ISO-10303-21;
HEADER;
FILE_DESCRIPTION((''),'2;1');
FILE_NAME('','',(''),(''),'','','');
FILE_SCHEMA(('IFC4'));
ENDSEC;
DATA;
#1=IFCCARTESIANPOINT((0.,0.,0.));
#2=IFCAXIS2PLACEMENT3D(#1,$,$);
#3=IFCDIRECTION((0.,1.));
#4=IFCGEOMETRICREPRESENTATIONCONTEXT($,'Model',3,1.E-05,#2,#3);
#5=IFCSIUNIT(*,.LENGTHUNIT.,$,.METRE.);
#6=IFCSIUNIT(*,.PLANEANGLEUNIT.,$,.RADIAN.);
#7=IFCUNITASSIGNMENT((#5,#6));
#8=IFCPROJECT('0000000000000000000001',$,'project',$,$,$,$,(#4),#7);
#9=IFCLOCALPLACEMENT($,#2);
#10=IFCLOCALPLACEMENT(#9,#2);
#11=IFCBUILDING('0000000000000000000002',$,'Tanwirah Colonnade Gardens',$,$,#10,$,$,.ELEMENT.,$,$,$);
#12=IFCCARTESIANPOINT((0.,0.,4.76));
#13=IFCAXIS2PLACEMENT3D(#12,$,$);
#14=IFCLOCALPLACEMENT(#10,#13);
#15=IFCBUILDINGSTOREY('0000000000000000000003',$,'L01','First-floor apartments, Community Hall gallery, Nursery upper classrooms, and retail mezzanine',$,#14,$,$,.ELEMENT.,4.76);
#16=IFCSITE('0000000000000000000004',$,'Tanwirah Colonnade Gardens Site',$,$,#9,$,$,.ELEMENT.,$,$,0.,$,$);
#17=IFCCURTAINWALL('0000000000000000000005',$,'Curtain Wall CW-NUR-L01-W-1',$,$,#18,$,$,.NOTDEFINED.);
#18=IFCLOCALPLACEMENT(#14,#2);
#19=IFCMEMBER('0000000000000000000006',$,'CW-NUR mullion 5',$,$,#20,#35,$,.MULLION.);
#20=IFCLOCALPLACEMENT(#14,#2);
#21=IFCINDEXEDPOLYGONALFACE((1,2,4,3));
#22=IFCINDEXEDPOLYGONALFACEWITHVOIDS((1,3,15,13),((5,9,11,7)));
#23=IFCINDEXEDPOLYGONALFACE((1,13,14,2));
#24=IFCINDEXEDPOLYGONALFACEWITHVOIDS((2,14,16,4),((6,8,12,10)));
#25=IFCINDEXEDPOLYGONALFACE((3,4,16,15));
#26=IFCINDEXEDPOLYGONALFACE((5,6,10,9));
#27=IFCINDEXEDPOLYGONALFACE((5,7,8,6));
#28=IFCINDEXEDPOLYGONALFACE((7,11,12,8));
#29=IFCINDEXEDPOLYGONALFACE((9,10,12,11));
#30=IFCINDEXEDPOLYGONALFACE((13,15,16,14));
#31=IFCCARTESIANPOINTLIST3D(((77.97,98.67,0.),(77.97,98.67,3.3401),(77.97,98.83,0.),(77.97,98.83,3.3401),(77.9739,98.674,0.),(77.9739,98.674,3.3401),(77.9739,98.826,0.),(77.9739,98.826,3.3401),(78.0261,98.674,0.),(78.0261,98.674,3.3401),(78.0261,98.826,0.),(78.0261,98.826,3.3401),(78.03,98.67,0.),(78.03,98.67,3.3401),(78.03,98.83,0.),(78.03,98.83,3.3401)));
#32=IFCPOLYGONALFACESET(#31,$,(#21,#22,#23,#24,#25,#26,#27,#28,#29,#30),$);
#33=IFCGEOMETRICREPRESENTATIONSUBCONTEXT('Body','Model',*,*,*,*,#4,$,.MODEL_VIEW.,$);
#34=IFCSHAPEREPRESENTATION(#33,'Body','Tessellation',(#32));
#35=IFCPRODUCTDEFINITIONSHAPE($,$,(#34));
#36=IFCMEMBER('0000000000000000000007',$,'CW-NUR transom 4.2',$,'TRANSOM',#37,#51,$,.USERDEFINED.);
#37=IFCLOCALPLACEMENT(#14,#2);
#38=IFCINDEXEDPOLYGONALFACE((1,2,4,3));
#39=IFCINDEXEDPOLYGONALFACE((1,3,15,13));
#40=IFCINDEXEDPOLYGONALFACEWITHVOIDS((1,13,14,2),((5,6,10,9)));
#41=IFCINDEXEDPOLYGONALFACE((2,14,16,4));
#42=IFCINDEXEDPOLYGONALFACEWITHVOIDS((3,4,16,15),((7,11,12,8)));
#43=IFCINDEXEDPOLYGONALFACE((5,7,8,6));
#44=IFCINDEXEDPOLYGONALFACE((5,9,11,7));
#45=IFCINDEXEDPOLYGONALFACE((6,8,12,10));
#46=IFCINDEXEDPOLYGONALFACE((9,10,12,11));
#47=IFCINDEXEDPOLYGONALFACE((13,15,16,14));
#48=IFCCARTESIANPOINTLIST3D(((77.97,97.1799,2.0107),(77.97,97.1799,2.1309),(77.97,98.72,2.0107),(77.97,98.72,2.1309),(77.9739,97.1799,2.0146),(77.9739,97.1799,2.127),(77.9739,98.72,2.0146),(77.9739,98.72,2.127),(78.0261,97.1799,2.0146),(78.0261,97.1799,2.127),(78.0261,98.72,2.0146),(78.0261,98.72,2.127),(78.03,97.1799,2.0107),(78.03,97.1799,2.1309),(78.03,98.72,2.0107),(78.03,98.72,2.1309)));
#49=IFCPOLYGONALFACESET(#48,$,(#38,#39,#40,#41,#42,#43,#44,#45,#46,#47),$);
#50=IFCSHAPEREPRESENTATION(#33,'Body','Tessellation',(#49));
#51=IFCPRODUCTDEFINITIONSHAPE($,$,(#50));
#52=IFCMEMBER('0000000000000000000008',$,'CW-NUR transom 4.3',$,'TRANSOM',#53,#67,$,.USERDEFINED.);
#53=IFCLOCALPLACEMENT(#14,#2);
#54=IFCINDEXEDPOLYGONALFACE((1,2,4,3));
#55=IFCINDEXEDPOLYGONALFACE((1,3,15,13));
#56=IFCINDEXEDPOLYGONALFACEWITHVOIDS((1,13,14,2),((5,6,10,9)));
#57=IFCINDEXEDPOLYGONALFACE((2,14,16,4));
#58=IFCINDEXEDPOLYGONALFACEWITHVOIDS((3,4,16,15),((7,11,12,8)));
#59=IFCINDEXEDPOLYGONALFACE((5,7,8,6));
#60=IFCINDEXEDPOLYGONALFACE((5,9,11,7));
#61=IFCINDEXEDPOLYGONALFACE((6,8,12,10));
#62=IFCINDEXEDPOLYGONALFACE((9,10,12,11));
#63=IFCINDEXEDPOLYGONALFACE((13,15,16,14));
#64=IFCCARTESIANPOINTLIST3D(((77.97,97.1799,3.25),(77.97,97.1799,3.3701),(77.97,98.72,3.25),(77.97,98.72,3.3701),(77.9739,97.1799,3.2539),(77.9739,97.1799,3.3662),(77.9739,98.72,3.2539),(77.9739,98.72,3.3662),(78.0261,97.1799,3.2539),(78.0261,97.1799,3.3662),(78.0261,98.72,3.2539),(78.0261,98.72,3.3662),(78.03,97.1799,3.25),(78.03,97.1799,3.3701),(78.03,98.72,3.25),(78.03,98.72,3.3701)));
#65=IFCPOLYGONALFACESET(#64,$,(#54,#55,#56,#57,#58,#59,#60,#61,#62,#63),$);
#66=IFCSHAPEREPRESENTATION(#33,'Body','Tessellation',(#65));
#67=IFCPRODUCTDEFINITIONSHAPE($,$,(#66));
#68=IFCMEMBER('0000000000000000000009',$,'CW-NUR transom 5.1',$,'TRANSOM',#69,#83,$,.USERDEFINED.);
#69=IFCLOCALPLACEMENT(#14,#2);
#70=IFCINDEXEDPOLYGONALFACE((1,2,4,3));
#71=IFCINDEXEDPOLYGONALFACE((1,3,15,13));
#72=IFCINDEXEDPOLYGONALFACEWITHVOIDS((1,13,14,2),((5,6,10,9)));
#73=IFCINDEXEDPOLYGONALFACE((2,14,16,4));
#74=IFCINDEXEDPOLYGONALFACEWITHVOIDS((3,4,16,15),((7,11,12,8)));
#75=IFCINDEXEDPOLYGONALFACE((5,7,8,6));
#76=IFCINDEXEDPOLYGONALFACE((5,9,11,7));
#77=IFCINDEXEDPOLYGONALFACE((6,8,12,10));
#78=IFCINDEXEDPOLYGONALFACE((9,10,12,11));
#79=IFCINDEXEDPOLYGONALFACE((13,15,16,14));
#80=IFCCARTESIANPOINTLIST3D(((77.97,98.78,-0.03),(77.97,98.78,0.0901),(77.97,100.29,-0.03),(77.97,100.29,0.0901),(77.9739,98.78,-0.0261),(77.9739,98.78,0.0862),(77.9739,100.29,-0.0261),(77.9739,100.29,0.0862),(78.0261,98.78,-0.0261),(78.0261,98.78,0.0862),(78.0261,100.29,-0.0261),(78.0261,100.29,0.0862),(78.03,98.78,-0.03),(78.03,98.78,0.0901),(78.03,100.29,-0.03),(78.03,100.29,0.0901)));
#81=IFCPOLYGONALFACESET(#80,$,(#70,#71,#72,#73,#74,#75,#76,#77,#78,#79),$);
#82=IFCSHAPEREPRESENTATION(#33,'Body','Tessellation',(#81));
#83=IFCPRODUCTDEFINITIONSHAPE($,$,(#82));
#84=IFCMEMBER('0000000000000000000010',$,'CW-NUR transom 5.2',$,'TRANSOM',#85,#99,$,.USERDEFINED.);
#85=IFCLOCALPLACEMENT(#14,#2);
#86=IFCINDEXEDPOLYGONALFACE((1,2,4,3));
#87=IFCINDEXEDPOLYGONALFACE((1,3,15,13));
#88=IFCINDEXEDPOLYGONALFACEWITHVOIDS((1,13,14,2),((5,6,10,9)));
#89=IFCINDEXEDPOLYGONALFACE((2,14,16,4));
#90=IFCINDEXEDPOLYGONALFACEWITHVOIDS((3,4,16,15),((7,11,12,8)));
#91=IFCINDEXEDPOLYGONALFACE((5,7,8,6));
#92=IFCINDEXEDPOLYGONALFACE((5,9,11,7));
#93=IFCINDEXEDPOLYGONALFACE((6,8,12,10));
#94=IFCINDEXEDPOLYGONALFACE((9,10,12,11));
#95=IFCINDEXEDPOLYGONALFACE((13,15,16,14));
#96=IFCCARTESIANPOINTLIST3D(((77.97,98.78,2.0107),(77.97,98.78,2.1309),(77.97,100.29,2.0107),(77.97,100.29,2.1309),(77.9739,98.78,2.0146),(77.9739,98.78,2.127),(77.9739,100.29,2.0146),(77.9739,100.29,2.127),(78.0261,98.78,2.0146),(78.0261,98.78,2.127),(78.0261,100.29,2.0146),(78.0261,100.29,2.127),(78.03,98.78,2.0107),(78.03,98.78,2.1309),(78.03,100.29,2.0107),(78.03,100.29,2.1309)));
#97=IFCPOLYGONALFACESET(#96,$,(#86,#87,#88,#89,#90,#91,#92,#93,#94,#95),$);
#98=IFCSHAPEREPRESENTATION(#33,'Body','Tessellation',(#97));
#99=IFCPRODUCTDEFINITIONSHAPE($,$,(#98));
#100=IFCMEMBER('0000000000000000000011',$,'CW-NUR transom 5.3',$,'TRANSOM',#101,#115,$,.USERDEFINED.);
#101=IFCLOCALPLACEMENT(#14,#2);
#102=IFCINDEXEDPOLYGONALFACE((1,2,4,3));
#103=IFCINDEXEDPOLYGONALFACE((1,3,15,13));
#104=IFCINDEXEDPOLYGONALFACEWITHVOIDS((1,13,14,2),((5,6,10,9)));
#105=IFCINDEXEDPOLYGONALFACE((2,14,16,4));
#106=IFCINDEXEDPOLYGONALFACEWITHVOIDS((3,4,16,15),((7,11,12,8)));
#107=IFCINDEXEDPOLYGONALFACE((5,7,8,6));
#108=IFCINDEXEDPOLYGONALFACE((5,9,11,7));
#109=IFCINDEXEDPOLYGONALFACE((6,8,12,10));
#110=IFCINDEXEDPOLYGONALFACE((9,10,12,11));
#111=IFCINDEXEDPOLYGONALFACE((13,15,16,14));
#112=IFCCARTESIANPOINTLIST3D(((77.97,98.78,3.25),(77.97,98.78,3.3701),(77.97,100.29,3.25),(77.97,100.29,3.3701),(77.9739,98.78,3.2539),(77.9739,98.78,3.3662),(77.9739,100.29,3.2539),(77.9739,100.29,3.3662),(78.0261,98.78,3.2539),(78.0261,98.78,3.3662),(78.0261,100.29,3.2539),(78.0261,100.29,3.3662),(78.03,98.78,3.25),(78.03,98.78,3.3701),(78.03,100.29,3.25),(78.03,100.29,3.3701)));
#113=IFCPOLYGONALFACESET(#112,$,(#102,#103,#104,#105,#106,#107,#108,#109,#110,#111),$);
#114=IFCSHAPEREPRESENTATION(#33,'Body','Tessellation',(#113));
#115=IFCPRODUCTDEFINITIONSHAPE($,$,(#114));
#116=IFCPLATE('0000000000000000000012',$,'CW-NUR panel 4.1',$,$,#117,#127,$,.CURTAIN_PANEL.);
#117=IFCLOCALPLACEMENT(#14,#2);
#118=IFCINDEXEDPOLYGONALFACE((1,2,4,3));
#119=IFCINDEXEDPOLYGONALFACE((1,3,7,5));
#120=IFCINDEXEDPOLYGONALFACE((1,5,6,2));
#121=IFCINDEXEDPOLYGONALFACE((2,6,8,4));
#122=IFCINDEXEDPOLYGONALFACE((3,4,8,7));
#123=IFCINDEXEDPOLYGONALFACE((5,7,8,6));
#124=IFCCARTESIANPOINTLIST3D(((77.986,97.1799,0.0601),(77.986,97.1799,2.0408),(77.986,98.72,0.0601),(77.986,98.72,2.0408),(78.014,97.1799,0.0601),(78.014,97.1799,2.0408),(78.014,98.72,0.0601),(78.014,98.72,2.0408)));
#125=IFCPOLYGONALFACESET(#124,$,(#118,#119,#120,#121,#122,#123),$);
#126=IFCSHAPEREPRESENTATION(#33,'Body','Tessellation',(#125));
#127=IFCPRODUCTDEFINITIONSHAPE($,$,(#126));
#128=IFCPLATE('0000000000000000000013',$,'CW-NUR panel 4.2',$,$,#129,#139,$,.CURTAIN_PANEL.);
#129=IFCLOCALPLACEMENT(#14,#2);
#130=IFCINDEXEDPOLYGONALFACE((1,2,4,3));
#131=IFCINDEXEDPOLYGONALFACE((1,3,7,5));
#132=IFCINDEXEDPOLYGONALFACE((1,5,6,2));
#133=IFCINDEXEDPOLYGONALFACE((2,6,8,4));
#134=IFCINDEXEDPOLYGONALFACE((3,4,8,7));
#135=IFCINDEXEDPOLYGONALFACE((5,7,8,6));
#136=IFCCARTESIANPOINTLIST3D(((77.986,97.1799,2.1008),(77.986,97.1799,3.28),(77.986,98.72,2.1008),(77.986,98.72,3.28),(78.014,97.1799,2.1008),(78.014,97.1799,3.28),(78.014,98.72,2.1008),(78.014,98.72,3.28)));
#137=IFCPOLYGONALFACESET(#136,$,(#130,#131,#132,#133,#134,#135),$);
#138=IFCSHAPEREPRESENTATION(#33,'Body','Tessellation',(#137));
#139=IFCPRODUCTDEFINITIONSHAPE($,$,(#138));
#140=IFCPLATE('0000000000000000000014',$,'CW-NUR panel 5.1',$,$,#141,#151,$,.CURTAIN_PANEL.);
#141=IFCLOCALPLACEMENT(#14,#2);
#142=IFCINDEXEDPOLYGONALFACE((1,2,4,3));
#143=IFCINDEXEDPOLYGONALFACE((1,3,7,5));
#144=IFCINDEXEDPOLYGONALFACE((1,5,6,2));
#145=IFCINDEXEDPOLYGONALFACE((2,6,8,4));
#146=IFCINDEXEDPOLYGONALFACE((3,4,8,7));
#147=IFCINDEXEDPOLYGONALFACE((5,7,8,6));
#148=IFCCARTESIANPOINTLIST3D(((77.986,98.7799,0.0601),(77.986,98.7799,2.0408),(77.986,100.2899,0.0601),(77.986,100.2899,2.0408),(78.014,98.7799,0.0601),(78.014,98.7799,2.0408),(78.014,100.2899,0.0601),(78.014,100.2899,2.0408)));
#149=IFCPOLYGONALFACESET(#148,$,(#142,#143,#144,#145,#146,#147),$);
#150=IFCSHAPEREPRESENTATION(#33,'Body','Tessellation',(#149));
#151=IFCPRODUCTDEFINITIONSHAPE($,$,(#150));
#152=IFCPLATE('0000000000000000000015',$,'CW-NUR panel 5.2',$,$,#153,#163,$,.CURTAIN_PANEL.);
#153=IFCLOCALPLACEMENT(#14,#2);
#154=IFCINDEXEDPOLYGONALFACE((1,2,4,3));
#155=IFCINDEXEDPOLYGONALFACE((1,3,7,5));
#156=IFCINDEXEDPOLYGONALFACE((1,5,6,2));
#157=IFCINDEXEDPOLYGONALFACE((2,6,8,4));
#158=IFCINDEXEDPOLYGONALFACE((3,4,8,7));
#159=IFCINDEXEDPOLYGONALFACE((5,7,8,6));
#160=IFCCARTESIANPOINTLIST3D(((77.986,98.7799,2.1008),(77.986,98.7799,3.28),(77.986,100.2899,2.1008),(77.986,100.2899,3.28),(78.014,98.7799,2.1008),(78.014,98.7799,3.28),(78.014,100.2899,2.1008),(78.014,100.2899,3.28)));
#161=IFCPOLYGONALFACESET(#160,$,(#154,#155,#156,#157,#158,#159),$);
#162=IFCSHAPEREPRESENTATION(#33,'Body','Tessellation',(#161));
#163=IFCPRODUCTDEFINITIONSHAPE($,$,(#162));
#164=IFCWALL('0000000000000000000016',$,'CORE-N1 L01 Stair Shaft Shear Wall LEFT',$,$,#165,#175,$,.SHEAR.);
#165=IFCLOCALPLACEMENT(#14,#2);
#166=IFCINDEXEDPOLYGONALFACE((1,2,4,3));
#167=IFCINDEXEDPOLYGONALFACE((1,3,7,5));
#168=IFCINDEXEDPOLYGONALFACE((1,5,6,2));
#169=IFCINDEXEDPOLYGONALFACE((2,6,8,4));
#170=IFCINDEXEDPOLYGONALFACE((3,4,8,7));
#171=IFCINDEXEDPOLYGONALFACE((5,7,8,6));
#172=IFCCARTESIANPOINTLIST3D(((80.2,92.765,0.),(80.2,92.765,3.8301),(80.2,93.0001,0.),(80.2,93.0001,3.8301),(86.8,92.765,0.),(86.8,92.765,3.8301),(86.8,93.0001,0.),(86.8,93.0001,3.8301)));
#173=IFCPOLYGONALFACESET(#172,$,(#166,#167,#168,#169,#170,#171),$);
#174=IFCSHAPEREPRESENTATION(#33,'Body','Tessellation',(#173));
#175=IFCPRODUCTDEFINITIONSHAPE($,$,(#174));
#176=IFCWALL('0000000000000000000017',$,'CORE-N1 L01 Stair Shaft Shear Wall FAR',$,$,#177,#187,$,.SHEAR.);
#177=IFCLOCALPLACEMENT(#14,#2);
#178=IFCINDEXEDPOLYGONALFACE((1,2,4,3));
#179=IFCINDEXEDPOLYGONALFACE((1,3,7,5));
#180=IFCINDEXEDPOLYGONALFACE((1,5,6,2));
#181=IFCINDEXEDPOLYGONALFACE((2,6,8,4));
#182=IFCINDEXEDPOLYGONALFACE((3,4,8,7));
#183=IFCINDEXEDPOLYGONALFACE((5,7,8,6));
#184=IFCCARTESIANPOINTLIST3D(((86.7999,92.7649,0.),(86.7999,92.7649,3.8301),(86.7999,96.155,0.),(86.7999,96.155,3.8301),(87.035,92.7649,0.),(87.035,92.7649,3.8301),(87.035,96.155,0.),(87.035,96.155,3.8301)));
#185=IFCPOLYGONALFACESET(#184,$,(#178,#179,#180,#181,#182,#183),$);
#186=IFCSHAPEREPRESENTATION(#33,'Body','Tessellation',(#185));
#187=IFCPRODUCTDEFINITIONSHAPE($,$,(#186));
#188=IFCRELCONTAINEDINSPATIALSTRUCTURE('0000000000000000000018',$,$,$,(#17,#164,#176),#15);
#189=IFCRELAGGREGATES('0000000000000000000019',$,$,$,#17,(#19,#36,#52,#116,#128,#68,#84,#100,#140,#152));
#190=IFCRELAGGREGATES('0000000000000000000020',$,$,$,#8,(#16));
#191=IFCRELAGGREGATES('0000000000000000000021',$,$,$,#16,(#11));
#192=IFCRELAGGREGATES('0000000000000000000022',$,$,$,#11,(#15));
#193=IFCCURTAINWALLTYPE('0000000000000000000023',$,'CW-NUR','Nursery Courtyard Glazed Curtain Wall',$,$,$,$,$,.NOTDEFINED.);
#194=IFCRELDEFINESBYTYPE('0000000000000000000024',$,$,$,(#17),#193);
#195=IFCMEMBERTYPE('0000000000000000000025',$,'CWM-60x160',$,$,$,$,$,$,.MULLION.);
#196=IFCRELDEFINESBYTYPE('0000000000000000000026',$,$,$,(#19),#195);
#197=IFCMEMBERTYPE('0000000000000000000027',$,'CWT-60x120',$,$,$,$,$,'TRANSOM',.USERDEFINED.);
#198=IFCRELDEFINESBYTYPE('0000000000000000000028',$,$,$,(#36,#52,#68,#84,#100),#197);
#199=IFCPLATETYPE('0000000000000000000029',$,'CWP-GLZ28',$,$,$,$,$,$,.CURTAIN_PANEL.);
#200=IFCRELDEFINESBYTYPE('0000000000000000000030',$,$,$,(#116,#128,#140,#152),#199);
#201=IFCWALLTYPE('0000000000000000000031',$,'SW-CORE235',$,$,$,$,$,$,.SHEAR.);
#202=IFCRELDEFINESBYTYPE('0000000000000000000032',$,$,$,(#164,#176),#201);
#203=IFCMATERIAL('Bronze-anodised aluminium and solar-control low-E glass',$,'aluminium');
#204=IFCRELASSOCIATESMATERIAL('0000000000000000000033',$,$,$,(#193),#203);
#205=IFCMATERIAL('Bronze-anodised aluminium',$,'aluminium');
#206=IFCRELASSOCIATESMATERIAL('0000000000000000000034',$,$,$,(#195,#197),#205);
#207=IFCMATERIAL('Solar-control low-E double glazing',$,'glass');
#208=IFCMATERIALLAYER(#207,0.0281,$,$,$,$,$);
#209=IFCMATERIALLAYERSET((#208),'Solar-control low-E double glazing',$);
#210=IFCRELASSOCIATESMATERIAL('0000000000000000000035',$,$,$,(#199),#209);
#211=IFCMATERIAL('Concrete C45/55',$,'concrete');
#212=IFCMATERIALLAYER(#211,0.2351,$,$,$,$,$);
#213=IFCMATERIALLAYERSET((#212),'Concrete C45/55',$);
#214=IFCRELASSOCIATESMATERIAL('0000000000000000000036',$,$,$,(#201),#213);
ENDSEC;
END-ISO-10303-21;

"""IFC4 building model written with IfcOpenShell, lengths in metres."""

from ifc_helpers import new_model, si_unit, direction, frame, frame_2d, origin, origin_2d, place, context, subcontext, project, spatial, rectangle, hollow_rectangle, extrude, material, layer, layer_set, material_profile, profile_set, type_object, element, aggregate, save


model = new_model("IFC4")

# Units and contexts
model_context = context("Model", 3, precision=1e-05, world=origin(), true_north=direction((0.0, 1.0)))
body_context = subcontext(model_context, "Body", "Model", "MODEL_VIEW")
ifc_project = project(units=[si_unit("LENGTHUNIT", "METRE"), si_unit("PLANEANGLEUNIT", "RADIAN")], contexts=[model_context])

# Site, building, storey
site_placement = place(None, origin())
site = spatial("IfcSite", under=ifc_project, at=site_placement, Name="Tanwirah Colonnade Gardens Site", CompositionType="ELEMENT", RefElevation=0.0)
building_placement = place(site_placement, origin())
building = spatial("IfcBuilding", under=site, at=building_placement, Name="Tanwirah Colonnade Gardens", CompositionType="ELEMENT")
storey_placement = place(building_placement, frame((0.0, 0.0, 4.76)))
storey = spatial("IfcBuildingStorey", under=building, at=storey_placement, Name="L01", Description="First-floor apartments, Community Hall gallery, Nursery upper classrooms, and retail mezzanine", CompositionType="ELEMENT", Elevation=4.76)

# Curtain wall, members, plates
ifc_material_1 = material(Name="Bronze-anodised aluminium and solar-control low-E glass", Category="aluminium")
curtain_wall_type = type_object("IfcCurtainWallType", Name="CW-NUR", Description="Nursery Courtyard Glazed Curtain Wall", PredefinedType="NOTDEFINED", material=ifc_material_1)
curtain_wall_placement = place(storey_placement, origin())
curtain_wall = element("IfcCurtainWall", 1, at=curtain_wall_placement, inside=storey, type_object=curtain_wall_type, Name="Curtain Wall CW-NUR-L01-W-1", PredefinedType="NOTDEFINED")
ifc_material_2 = material(Name="Bronze-anodised aluminium", Category="aluminium")
ifc_material_profile_1 = material_profile(ifc_material_2, hollow_rectangle(XDim=0.0601, YDim=0.1599, WallThickness=0.0039, at=origin_2d()), Name="CW-MUL 60x160x4")
ifc_profile_set_1 = profile_set([ifc_material_profile_1], Name="Bronze-anodised aluminium")
member_type_1 = type_object("IfcMemberType", Name="CWM-60x160", PredefinedType="MULLION", material=ifc_profile_set_1)
member_1_placement = place(storey_placement, frame((78.0, 98.75, 0.0), z_axis=(0.0, 0.0, 1.0), x_axis=(-1.0, 0.0, 0.0)))
member_1 = element("IfcMember", 2, at=member_1_placement, type_object=member_type_1, Name="CW-NUR mullion 5", PredefinedType="MULLION", context=body_context, shape_type="SweptSolid", body=[
    extrude(hollow_rectangle(XDim=0.0601, YDim=0.1599, WallThickness=0.0039, at=origin_2d()), origin(), (0.0, 0.0, 1.0), 3.3401),
])
ifc_material_profile_2 = material_profile(ifc_material_2, hollow_rectangle(XDim=0.0601, YDim=0.1201, WallThickness=0.0039, at=origin_2d()), Name="CW-TRN 60x120x4")
ifc_profile_set_2 = profile_set([ifc_material_profile_2], Name="Bronze-anodised aluminium")
member_type_2 = type_object("IfcMemberType", Name="CWT-60x120", ElementType="TRANSOM", PredefinedType="USERDEFINED", material=ifc_profile_set_2)
member_2_placement = place(storey_placement, frame((78.0, 97.1799, 2.0708), z_axis=(0.0, 1.0, 0.0), x_axis=(-1.0, 0.0, 0.0)))
member_2 = element("IfcMember", 3, at=member_2_placement, type_object=member_type_2, Name="CW-NUR transom 4.2", ObjectType="TRANSOM", PredefinedType="USERDEFINED", context=body_context, shape_type="SweptSolid", body=[
    extrude(hollow_rectangle(XDim=0.0601, YDim=0.1201, WallThickness=0.0039, at=origin_2d()), origin(), (0.0, 0.0, 1.0), 1.54),
])
member_3_placement = place(storey_placement, frame((78.0, 97.1799, 3.3101), z_axis=(0.0, 1.0, 0.0), x_axis=(-1.0, 0.0, 0.0)))
member_3 = element("IfcMember", 4, at=member_3_placement, type_object=member_type_2, Name="CW-NUR transom 4.3", ObjectType="TRANSOM", PredefinedType="USERDEFINED", context=body_context, shape_type="SweptSolid", body=[
    extrude(hollow_rectangle(XDim=0.0601, YDim=0.1201, WallThickness=0.0039, at=origin_2d()), origin(), (0.0, 0.0, 1.0), 1.54),
])
member_4_placement = place(storey_placement, frame((78.0, 98.78, 0.03), z_axis=(0.0, 1.0, 0.0), x_axis=(-1.0, 0.0, 0.0)))
member_4 = element("IfcMember", 5, at=member_4_placement, type_object=member_type_2, Name="CW-NUR transom 5.1", ObjectType="TRANSOM", PredefinedType="USERDEFINED", context=body_context, shape_type="SweptSolid", body=[
    extrude(hollow_rectangle(XDim=0.0601, YDim=0.1201, WallThickness=0.0039, at=origin_2d()), origin(), (0.0, 0.0, 1.0), 1.51),
])
member_5_placement = place(storey_placement, frame((78.0, 98.78, 2.0708), z_axis=(0.0, 1.0, 0.0), x_axis=(-1.0, 0.0, 0.0)))
member_5 = element("IfcMember", 6, at=member_5_placement, type_object=member_type_2, Name="CW-NUR transom 5.2", ObjectType="TRANSOM", PredefinedType="USERDEFINED", context=body_context, shape_type="SweptSolid", body=[
    extrude(hollow_rectangle(XDim=0.0601, YDim=0.1201, WallThickness=0.0039, at=origin_2d()), origin(), (0.0, 0.0, 1.0), 1.51),
])
member_6_placement = place(storey_placement, frame((78.0, 98.78, 3.3101), z_axis=(0.0, 1.0, 0.0), x_axis=(-1.0, 0.0, 0.0)))
member_6 = element("IfcMember", 7, at=member_6_placement, type_object=member_type_2, Name="CW-NUR transom 5.3", ObjectType="TRANSOM", PredefinedType="USERDEFINED", context=body_context, shape_type="SweptSolid", body=[
    extrude(hollow_rectangle(XDim=0.0601, YDim=0.1201, WallThickness=0.0039, at=origin_2d()), origin(), (0.0, 0.0, 1.0), 1.51),
])
ifc_material_3 = material(Name="Solar-control low-E double glazing", Category="glass")
ifc_layer_1 = layer(ifc_material_3, 0.0281)
ifc_layer_set_1 = layer_set([ifc_layer_1], Name="Solar-control low-E double glazing")
plate_type = type_object("IfcPlateType", Name="CWP-GLZ28", PredefinedType="CURTAIN_PANEL", material=ifc_layer_set_1)
plate_1_placement = place(storey_placement, frame((78.0, 97.95, 0.0601), z_axis=(0.0, 0.0, 1.0), x_axis=(0.0, 1.0, 0.0)))
plate_1 = element("IfcPlate", 8, at=plate_1_placement, type_object=plate_type, Name="CW-NUR panel 4.1", PredefinedType="CURTAIN_PANEL", context=body_context, shape_type="SweptSolid", body=[
    extrude(rectangle(XDim=1.54, YDim=0.0281, at=origin_2d()), origin(), (0.0, 0.0, 1.0), 1.9807),
])
plate_2_placement = place(storey_placement, frame((78.0, 97.95, 2.1008), z_axis=(0.0, 0.0, 1.0), x_axis=(0.0, 1.0, 0.0)))
plate_2 = element("IfcPlate", 9, at=plate_2_placement, type_object=plate_type, Name="CW-NUR panel 4.2", PredefinedType="CURTAIN_PANEL", context=body_context, shape_type="SweptSolid", body=[
    extrude(rectangle(XDim=1.54, YDim=0.0281, at=origin_2d()), origin(), (0.0, 0.0, 1.0), 1.1792),
])
plate_3_placement = place(storey_placement, frame((78.0, 99.5349, 0.0601), z_axis=(0.0, 0.0, 1.0), x_axis=(0.0, 1.0, 0.0)))
plate_3 = element("IfcPlate", 10, at=plate_3_placement, type_object=plate_type, Name="CW-NUR panel 5.1", PredefinedType="CURTAIN_PANEL", context=body_context, shape_type="SweptSolid", body=[
    extrude(rectangle(XDim=1.51, YDim=0.0281, at=origin_2d()), origin(), (0.0, 0.0, 1.0), 1.9807),
])
plate_4_placement = place(storey_placement, frame((78.0, 99.5349, 2.1008), z_axis=(0.0, 0.0, 1.0), x_axis=(0.0, 1.0, 0.0)))
plate_4 = element("IfcPlate", 11, at=plate_4_placement, type_object=plate_type, Name="CW-NUR panel 5.2", PredefinedType="CURTAIN_PANEL", context=body_context, shape_type="SweptSolid", body=[
    extrude(rectangle(XDim=1.51, YDim=0.0281, at=origin_2d()), origin(), (0.0, 0.0, 1.0), 1.1792),
])
aggregate(curtain_wall, [member_1, member_2, member_3, plate_1, plate_2, member_4, member_5, member_6, plate_3, plate_4])

# Walls
ifc_material_4 = material(Name="Concrete C45/55", Category="concrete")
ifc_layer_2 = layer(ifc_material_4, 0.2351)
ifc_layer_set_2 = layer_set([ifc_layer_2], Name="Concrete C45/55")
wall_type_1 = type_object("IfcWallType", Name="SW-CORE235", PredefinedType="SHEAR", material=ifc_layer_set_2)
wall_1_placement = place(storey_placement, frame((80.2, 92.8826, 0.0), z_axis=(0.0, 0.0, 1.0), x_axis=(1.0, 0.0, 0.0)))
element("IfcWall", 12, at=wall_1_placement, inside=storey, type_object=wall_type_1, Name="CORE-N1 L01 Stair Shaft Shear Wall LEFT", PredefinedType="SHEAR", context=body_context, shape_type="SweptSolid", body=[
    extrude(rectangle(XDim=6.6001, YDim=0.2351, at=frame_2d((3.3, 0.0))), origin(), (0.0, 0.0, 1.0), 3.8301),
])
wall_2_placement = place(storey_placement, frame((86.9175, 92.7649, 0.0), z_axis=(0.0, 0.0, 1.0), x_axis=(0.0, 1.0, 0.0)))
element("IfcWall", 13, at=wall_2_placement, inside=storey, type_object=wall_type_1, Name="CORE-N1 L01 Stair Shaft Shear Wall FAR", PredefinedType="SHEAR", context=body_context, shape_type="SweptSolid", body=[
    extrude(rectangle(XDim=3.3901, YDim=0.2351, at=frame_2d((1.6951, 0.0))), origin(), (0.0, 0.0, 1.0), 3.8301),
])

save(model, "model.ifc")
